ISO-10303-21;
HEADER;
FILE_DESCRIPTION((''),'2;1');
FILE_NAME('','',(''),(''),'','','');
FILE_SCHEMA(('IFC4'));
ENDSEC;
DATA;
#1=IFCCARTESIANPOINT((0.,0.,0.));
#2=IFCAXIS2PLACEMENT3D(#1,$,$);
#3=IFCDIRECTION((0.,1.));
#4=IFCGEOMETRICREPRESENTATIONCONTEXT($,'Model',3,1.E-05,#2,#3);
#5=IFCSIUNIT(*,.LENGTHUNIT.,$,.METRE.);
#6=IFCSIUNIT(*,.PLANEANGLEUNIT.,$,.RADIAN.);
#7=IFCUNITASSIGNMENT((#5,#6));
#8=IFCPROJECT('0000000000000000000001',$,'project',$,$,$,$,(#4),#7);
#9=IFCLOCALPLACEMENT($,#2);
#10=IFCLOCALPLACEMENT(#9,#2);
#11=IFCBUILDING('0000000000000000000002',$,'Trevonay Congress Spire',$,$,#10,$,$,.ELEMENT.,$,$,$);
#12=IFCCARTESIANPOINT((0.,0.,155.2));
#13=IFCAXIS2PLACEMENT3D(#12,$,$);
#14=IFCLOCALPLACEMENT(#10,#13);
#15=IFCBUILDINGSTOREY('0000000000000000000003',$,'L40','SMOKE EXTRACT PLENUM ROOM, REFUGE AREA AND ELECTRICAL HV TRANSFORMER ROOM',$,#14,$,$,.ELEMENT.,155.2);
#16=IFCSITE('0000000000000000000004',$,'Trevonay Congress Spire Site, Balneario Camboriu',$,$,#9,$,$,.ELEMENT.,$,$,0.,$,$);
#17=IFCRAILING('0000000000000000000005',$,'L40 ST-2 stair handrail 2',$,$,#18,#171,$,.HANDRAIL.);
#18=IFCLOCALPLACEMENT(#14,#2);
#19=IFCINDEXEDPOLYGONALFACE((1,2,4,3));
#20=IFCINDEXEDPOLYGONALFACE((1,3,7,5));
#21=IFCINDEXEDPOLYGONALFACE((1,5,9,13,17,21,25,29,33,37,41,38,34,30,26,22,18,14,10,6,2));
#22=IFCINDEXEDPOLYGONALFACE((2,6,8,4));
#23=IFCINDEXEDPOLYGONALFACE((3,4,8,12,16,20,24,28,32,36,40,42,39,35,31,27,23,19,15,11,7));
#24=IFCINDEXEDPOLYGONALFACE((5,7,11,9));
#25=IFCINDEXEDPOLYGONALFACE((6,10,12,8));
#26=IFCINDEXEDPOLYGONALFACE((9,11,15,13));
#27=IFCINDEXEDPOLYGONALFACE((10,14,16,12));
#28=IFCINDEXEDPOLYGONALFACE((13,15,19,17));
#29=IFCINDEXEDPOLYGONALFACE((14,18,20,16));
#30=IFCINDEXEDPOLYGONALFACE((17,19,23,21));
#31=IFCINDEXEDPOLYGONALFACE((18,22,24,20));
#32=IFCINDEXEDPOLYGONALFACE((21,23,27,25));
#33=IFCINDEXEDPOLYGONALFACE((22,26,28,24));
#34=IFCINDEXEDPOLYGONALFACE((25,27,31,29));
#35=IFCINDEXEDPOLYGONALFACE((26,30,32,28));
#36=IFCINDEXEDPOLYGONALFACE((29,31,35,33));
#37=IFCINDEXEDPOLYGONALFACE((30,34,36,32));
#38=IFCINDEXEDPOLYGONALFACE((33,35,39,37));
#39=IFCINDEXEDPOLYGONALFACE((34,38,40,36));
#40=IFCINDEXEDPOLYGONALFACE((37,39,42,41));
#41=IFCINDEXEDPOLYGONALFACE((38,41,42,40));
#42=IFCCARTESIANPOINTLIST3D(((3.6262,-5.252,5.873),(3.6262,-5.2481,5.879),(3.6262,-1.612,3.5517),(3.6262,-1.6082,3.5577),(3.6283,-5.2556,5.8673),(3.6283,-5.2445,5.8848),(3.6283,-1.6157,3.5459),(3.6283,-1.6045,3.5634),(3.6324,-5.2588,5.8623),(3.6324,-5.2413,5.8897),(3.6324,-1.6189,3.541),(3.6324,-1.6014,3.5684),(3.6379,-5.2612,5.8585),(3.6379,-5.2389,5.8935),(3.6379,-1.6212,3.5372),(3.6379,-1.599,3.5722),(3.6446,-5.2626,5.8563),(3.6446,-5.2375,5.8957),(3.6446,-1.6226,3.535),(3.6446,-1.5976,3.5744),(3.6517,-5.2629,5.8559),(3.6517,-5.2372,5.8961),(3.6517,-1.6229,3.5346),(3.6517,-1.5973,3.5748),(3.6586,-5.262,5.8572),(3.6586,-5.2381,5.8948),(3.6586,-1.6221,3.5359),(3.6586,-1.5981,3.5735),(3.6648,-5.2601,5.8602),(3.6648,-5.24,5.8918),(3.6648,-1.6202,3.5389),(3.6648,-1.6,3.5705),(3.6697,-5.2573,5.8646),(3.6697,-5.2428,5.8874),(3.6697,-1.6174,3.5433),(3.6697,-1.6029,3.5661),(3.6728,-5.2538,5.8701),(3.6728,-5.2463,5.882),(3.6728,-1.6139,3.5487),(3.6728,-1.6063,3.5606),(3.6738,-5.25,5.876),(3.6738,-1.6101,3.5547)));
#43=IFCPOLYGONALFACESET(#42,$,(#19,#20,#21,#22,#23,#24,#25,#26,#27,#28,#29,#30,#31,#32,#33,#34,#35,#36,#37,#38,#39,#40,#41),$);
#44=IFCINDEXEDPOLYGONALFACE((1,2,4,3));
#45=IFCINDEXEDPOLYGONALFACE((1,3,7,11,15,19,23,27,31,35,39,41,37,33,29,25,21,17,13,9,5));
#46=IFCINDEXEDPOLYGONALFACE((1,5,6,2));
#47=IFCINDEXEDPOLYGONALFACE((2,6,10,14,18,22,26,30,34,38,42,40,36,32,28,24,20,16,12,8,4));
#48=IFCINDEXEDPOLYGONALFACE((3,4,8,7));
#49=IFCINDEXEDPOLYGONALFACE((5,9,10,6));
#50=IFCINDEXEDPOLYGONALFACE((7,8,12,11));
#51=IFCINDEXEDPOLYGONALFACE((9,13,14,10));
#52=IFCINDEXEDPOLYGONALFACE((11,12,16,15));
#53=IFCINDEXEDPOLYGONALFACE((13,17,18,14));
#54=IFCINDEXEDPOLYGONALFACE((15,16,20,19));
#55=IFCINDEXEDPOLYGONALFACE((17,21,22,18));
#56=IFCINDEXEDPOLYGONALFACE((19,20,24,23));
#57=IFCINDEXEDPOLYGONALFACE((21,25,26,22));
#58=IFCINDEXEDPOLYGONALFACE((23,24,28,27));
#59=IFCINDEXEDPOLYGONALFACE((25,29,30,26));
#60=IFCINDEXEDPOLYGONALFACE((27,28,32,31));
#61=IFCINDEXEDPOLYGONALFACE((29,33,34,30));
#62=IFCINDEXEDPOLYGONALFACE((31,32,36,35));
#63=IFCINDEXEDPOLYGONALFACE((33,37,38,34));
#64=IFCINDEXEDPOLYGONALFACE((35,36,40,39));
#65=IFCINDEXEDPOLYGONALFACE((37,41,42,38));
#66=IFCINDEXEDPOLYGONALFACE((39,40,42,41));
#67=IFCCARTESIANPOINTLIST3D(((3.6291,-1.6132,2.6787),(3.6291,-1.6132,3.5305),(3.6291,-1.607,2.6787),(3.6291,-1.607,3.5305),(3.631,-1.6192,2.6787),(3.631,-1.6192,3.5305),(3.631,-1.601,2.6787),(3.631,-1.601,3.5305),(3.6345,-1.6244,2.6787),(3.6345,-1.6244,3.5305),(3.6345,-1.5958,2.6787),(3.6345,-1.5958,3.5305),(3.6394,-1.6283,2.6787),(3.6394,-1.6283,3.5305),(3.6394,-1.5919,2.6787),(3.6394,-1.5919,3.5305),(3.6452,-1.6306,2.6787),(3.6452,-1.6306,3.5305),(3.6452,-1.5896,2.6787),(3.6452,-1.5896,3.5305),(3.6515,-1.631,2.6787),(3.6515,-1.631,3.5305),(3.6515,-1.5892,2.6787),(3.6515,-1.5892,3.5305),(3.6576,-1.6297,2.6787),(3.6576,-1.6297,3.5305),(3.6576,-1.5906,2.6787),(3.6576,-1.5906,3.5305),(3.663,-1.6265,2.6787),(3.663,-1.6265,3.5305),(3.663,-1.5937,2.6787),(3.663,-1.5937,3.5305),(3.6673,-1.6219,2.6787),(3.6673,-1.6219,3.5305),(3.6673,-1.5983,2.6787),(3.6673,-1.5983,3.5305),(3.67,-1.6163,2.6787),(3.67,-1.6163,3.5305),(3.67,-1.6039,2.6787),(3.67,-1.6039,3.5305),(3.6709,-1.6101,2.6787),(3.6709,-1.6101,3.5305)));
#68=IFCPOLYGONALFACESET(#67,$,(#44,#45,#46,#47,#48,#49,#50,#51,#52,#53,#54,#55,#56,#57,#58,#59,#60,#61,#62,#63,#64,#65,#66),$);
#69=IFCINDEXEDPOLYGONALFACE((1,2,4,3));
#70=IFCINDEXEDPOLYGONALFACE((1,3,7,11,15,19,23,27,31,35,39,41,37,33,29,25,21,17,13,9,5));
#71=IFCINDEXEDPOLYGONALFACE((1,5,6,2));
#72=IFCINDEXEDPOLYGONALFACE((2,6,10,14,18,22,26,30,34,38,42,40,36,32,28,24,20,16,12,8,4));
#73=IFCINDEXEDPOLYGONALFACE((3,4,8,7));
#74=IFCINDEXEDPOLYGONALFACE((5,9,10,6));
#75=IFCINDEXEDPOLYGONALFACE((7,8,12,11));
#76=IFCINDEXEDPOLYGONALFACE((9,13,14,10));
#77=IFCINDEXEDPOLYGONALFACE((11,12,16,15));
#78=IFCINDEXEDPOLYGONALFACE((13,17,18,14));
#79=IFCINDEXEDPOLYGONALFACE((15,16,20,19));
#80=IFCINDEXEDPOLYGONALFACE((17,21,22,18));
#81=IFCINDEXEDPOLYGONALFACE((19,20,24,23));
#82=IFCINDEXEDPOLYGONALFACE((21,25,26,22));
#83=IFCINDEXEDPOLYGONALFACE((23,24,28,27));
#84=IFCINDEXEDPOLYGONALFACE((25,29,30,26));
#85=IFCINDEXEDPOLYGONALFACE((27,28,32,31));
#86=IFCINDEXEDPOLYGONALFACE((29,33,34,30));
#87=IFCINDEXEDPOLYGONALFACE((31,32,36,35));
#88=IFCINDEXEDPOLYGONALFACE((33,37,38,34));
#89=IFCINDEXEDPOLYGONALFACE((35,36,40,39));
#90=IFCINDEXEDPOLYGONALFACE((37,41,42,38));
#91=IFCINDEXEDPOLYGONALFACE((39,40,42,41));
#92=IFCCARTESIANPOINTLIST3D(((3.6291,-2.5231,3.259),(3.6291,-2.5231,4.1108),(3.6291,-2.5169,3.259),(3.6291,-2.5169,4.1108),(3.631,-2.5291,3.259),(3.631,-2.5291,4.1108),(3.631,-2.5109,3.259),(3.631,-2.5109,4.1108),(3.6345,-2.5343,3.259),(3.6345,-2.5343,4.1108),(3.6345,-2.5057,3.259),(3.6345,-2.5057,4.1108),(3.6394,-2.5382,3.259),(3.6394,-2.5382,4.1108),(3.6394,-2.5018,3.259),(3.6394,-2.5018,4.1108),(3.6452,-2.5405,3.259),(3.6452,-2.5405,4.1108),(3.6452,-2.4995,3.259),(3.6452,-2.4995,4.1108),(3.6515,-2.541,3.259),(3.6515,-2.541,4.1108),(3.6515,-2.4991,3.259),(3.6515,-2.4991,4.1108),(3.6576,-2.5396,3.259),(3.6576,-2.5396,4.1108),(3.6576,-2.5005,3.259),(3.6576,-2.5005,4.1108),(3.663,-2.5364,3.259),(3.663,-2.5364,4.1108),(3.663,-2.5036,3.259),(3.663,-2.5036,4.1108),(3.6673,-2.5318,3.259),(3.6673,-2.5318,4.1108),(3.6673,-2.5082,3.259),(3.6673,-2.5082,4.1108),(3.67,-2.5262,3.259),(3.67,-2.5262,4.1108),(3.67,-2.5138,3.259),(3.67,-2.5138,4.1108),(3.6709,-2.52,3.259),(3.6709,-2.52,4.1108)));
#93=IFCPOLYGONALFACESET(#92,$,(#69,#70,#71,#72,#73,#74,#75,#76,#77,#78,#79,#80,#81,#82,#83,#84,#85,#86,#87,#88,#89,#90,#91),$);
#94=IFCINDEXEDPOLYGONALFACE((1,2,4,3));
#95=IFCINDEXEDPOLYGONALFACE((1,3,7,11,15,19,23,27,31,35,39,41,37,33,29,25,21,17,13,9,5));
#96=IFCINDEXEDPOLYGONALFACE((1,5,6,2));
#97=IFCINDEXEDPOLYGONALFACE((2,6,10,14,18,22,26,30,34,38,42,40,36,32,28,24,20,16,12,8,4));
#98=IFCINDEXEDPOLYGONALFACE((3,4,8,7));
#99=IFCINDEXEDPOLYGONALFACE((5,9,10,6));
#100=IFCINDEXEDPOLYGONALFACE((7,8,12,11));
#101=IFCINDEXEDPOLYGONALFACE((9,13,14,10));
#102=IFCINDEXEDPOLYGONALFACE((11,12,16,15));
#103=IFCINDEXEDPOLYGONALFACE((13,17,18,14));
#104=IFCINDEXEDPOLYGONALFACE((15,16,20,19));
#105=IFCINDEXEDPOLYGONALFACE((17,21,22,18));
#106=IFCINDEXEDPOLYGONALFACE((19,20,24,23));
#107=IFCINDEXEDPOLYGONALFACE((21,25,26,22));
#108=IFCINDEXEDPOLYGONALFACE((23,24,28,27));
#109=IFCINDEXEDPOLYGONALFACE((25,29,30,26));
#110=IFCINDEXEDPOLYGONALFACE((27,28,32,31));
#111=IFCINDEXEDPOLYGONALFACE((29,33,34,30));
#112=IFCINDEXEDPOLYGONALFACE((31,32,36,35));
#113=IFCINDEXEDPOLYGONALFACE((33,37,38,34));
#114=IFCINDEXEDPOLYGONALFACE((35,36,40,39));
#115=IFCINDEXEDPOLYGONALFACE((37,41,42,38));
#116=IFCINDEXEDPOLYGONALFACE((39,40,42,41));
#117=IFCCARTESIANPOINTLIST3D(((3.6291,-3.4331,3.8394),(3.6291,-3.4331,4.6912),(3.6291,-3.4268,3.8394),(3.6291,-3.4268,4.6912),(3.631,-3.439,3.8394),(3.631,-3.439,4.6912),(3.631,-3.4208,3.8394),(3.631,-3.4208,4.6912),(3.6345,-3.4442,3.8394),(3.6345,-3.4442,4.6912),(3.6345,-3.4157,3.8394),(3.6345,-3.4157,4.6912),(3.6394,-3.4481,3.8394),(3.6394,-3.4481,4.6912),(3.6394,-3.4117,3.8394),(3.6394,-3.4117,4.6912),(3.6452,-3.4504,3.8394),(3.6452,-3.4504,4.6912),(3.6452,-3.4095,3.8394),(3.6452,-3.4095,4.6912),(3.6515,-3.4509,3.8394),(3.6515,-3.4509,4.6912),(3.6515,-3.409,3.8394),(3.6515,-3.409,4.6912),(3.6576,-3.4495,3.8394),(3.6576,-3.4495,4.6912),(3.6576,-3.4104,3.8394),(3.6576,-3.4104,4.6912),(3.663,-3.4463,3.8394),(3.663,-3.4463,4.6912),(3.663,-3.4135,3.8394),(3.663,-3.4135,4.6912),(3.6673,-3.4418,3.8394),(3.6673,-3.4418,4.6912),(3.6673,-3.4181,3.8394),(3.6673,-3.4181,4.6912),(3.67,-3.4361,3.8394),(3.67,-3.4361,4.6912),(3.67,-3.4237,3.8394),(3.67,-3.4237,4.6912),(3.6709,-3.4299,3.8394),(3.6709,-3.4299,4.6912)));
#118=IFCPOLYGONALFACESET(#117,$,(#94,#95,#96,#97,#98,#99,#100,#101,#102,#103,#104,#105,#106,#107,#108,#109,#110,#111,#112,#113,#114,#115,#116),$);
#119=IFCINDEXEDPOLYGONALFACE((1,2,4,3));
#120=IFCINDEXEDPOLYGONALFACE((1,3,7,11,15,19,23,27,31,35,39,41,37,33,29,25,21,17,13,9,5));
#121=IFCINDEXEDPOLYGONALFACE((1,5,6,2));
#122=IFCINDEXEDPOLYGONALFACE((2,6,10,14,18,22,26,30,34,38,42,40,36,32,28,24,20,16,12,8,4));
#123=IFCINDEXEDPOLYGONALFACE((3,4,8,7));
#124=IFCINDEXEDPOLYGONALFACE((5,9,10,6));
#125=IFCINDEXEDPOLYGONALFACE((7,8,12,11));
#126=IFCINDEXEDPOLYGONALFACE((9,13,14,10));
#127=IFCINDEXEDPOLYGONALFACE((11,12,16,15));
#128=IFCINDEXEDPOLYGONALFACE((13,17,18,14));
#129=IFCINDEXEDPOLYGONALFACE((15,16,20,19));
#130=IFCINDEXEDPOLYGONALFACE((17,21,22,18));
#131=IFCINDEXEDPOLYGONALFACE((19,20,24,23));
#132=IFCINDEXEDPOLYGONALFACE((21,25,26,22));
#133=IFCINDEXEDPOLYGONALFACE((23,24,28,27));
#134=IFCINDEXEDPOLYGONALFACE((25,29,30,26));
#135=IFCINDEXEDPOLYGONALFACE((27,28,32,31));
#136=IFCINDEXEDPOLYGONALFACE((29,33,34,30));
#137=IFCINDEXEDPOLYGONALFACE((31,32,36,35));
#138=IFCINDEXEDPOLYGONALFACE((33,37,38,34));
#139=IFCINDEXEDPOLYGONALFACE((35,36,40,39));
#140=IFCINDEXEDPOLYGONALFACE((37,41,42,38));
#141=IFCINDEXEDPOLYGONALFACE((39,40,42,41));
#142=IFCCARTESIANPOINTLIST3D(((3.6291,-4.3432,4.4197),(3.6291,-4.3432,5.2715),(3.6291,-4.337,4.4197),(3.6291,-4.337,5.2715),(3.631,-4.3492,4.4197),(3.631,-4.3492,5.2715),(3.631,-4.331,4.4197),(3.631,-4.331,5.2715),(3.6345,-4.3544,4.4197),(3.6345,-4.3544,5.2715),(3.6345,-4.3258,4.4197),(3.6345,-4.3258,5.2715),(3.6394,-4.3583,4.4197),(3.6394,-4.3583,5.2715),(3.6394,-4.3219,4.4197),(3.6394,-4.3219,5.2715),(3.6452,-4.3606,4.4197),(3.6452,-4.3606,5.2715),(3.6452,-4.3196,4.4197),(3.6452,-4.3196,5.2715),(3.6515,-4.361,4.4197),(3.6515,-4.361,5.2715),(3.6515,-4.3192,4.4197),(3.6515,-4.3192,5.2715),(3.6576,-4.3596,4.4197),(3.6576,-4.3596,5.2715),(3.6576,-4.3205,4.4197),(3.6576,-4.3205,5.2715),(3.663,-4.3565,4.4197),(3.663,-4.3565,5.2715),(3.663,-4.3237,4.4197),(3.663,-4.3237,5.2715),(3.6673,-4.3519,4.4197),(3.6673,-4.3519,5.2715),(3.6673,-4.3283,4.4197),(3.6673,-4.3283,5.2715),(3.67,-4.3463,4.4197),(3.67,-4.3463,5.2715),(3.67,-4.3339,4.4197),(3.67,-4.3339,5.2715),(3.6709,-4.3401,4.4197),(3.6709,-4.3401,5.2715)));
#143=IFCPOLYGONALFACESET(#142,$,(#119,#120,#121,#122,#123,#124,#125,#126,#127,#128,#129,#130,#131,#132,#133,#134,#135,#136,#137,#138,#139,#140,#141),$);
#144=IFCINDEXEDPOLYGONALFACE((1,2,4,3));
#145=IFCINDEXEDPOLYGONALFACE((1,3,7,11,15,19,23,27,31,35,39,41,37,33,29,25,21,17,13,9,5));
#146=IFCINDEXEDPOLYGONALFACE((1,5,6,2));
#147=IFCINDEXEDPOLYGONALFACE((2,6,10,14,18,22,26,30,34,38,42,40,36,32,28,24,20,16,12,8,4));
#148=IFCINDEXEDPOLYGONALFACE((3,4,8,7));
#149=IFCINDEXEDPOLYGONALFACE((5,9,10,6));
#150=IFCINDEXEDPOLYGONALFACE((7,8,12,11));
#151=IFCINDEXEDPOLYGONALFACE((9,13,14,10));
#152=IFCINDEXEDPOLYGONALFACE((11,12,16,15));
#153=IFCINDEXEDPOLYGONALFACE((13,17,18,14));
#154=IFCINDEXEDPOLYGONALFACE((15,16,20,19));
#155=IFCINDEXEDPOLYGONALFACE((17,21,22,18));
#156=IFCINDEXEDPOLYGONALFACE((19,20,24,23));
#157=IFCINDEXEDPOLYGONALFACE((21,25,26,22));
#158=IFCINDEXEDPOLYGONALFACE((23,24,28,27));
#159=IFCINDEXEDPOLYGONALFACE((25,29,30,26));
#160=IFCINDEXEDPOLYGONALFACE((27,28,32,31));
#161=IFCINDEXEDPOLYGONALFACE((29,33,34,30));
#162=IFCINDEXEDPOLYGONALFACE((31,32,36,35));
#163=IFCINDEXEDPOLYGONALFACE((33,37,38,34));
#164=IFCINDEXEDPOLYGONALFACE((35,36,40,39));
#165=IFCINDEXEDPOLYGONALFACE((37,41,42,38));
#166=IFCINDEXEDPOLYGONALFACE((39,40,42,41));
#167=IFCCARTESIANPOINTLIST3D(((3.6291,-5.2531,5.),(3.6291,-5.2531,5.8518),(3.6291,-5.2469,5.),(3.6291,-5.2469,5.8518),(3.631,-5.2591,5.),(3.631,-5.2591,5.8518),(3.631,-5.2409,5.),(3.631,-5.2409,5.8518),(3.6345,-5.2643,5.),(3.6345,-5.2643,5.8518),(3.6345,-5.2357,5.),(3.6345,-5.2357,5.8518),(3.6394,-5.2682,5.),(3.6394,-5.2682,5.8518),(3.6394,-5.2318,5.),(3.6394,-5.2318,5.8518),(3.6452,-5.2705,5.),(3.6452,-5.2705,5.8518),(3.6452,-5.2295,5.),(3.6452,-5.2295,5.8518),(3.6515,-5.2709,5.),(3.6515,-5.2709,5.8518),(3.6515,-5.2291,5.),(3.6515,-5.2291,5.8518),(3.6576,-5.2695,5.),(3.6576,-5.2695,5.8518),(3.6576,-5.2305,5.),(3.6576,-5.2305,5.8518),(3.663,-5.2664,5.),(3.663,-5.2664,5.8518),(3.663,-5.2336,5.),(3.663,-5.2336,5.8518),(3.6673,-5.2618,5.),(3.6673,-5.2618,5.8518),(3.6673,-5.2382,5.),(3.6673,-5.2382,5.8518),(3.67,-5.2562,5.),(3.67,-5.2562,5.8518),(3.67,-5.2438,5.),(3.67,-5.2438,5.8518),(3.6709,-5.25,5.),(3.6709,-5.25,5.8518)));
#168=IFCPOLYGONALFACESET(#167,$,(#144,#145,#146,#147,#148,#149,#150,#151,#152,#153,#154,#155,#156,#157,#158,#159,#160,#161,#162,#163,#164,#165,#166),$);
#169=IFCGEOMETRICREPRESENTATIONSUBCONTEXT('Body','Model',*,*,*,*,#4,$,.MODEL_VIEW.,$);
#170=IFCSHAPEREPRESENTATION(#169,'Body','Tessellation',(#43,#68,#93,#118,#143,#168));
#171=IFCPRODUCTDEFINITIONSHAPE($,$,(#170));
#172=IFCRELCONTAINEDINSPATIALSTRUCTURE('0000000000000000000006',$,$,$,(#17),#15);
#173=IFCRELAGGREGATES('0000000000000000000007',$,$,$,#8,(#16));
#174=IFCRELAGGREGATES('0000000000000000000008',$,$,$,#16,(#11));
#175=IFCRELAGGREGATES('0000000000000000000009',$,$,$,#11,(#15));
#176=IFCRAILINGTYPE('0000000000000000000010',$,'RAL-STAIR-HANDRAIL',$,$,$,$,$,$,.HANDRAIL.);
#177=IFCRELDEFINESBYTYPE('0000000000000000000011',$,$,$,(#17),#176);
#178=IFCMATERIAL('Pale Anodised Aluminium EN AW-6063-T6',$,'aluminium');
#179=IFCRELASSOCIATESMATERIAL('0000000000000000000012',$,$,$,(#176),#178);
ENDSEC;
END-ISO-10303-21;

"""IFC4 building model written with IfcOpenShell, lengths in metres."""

from ifc_helpers import new_model, si_unit, direction, frame, origin, origin_2d, place, context, subcontext, project, spatial, circle, extrude, material, type_object, element, save


model = new_model("IFC4")

# Units and contexts
model_context = context("Model", 3, precision=1e-05, world=origin(), true_north=direction((0.0, 1.0)))
body_context = subcontext(model_context, "Body", "Model", "MODEL_VIEW")
ifc_project = project(units=[si_unit("LENGTHUNIT", "METRE"), si_unit("PLANEANGLEUNIT", "RADIAN")], contexts=[model_context])

# Site, building, storey
site_placement = place(None, origin())
site = spatial("IfcSite", under=ifc_project, at=site_placement, Name="Trevonay Congress Spire Site, Balneario Camboriu", CompositionType="ELEMENT", RefElevation=0.0)
building_placement = place(site_placement, origin())
building = spatial("IfcBuilding", under=site, at=building_placement, Name="Trevonay Congress Spire", CompositionType="ELEMENT")
storey_placement = place(building_placement, frame((0.0, 0.0, 155.2)))
storey = spatial("IfcBuildingStorey", under=building, at=storey_placement, Name="L40", Description="SMOKE EXTRACT PLENUM ROOM, REFUGE AREA AND ELECTRICAL HV TRANSFORMER ROOM", CompositionType="ELEMENT", Elevation=155.2)

# Shared definitions
ifc_material_1 = material(Name="Pale Anodised Aluminium EN AW-6063-T6", Category="aluminium")

# Railing
railing_type_1 = type_object("IfcRailingType", Name="RAL-STAIR-HANDRAIL", PredefinedType="HANDRAIL", material=ifc_material_1)
railing_1_placement = place(storey_placement, frame((3.6499, -1.6101, 2.6787)))
element("IfcRailing", 1, at=railing_1_placement, inside=storey, type_object=railing_type_1, Name="L40 ST-2 stair handrail 2", PredefinedType="HANDRAIL", context=body_context, shape_type="SweptSolid", body=[
    extrude(circle(Radius=0.0239, at=origin_2d()), frame((0.0, 0.0, 0.876), z_axis=(0.0, -0.843137, 0.537699), x_axis=(1.0, 0.0, 0.0)), (0.0, 0.0, 1.0), 4.3171),
    extrude(circle(Radius=0.021, at=origin_2d()), origin(), (0.0, 0.0, 1.0), 0.8518),
    extrude(circle(Radius=0.021, at=origin_2d()), frame((0.0, -0.9099, 0.5803)), (0.0, 0.0, 1.0), 0.8518),
    extrude(circle(Radius=0.021, at=origin_2d()), frame((0.0, -1.8198, 1.1606)), (0.0, 0.0, 1.0), 0.8518),
    extrude(circle(Radius=0.021, at=origin_2d()), frame((0.0, -2.73, 1.741)), (0.0, 0.0, 1.0), 0.8518),
    extrude(circle(Radius=0.021, at=origin_2d()), frame((0.0, -3.6399, 2.3213)), (0.0, 0.0, 1.0), 0.8518),
])

save(model, "model.ifc")
